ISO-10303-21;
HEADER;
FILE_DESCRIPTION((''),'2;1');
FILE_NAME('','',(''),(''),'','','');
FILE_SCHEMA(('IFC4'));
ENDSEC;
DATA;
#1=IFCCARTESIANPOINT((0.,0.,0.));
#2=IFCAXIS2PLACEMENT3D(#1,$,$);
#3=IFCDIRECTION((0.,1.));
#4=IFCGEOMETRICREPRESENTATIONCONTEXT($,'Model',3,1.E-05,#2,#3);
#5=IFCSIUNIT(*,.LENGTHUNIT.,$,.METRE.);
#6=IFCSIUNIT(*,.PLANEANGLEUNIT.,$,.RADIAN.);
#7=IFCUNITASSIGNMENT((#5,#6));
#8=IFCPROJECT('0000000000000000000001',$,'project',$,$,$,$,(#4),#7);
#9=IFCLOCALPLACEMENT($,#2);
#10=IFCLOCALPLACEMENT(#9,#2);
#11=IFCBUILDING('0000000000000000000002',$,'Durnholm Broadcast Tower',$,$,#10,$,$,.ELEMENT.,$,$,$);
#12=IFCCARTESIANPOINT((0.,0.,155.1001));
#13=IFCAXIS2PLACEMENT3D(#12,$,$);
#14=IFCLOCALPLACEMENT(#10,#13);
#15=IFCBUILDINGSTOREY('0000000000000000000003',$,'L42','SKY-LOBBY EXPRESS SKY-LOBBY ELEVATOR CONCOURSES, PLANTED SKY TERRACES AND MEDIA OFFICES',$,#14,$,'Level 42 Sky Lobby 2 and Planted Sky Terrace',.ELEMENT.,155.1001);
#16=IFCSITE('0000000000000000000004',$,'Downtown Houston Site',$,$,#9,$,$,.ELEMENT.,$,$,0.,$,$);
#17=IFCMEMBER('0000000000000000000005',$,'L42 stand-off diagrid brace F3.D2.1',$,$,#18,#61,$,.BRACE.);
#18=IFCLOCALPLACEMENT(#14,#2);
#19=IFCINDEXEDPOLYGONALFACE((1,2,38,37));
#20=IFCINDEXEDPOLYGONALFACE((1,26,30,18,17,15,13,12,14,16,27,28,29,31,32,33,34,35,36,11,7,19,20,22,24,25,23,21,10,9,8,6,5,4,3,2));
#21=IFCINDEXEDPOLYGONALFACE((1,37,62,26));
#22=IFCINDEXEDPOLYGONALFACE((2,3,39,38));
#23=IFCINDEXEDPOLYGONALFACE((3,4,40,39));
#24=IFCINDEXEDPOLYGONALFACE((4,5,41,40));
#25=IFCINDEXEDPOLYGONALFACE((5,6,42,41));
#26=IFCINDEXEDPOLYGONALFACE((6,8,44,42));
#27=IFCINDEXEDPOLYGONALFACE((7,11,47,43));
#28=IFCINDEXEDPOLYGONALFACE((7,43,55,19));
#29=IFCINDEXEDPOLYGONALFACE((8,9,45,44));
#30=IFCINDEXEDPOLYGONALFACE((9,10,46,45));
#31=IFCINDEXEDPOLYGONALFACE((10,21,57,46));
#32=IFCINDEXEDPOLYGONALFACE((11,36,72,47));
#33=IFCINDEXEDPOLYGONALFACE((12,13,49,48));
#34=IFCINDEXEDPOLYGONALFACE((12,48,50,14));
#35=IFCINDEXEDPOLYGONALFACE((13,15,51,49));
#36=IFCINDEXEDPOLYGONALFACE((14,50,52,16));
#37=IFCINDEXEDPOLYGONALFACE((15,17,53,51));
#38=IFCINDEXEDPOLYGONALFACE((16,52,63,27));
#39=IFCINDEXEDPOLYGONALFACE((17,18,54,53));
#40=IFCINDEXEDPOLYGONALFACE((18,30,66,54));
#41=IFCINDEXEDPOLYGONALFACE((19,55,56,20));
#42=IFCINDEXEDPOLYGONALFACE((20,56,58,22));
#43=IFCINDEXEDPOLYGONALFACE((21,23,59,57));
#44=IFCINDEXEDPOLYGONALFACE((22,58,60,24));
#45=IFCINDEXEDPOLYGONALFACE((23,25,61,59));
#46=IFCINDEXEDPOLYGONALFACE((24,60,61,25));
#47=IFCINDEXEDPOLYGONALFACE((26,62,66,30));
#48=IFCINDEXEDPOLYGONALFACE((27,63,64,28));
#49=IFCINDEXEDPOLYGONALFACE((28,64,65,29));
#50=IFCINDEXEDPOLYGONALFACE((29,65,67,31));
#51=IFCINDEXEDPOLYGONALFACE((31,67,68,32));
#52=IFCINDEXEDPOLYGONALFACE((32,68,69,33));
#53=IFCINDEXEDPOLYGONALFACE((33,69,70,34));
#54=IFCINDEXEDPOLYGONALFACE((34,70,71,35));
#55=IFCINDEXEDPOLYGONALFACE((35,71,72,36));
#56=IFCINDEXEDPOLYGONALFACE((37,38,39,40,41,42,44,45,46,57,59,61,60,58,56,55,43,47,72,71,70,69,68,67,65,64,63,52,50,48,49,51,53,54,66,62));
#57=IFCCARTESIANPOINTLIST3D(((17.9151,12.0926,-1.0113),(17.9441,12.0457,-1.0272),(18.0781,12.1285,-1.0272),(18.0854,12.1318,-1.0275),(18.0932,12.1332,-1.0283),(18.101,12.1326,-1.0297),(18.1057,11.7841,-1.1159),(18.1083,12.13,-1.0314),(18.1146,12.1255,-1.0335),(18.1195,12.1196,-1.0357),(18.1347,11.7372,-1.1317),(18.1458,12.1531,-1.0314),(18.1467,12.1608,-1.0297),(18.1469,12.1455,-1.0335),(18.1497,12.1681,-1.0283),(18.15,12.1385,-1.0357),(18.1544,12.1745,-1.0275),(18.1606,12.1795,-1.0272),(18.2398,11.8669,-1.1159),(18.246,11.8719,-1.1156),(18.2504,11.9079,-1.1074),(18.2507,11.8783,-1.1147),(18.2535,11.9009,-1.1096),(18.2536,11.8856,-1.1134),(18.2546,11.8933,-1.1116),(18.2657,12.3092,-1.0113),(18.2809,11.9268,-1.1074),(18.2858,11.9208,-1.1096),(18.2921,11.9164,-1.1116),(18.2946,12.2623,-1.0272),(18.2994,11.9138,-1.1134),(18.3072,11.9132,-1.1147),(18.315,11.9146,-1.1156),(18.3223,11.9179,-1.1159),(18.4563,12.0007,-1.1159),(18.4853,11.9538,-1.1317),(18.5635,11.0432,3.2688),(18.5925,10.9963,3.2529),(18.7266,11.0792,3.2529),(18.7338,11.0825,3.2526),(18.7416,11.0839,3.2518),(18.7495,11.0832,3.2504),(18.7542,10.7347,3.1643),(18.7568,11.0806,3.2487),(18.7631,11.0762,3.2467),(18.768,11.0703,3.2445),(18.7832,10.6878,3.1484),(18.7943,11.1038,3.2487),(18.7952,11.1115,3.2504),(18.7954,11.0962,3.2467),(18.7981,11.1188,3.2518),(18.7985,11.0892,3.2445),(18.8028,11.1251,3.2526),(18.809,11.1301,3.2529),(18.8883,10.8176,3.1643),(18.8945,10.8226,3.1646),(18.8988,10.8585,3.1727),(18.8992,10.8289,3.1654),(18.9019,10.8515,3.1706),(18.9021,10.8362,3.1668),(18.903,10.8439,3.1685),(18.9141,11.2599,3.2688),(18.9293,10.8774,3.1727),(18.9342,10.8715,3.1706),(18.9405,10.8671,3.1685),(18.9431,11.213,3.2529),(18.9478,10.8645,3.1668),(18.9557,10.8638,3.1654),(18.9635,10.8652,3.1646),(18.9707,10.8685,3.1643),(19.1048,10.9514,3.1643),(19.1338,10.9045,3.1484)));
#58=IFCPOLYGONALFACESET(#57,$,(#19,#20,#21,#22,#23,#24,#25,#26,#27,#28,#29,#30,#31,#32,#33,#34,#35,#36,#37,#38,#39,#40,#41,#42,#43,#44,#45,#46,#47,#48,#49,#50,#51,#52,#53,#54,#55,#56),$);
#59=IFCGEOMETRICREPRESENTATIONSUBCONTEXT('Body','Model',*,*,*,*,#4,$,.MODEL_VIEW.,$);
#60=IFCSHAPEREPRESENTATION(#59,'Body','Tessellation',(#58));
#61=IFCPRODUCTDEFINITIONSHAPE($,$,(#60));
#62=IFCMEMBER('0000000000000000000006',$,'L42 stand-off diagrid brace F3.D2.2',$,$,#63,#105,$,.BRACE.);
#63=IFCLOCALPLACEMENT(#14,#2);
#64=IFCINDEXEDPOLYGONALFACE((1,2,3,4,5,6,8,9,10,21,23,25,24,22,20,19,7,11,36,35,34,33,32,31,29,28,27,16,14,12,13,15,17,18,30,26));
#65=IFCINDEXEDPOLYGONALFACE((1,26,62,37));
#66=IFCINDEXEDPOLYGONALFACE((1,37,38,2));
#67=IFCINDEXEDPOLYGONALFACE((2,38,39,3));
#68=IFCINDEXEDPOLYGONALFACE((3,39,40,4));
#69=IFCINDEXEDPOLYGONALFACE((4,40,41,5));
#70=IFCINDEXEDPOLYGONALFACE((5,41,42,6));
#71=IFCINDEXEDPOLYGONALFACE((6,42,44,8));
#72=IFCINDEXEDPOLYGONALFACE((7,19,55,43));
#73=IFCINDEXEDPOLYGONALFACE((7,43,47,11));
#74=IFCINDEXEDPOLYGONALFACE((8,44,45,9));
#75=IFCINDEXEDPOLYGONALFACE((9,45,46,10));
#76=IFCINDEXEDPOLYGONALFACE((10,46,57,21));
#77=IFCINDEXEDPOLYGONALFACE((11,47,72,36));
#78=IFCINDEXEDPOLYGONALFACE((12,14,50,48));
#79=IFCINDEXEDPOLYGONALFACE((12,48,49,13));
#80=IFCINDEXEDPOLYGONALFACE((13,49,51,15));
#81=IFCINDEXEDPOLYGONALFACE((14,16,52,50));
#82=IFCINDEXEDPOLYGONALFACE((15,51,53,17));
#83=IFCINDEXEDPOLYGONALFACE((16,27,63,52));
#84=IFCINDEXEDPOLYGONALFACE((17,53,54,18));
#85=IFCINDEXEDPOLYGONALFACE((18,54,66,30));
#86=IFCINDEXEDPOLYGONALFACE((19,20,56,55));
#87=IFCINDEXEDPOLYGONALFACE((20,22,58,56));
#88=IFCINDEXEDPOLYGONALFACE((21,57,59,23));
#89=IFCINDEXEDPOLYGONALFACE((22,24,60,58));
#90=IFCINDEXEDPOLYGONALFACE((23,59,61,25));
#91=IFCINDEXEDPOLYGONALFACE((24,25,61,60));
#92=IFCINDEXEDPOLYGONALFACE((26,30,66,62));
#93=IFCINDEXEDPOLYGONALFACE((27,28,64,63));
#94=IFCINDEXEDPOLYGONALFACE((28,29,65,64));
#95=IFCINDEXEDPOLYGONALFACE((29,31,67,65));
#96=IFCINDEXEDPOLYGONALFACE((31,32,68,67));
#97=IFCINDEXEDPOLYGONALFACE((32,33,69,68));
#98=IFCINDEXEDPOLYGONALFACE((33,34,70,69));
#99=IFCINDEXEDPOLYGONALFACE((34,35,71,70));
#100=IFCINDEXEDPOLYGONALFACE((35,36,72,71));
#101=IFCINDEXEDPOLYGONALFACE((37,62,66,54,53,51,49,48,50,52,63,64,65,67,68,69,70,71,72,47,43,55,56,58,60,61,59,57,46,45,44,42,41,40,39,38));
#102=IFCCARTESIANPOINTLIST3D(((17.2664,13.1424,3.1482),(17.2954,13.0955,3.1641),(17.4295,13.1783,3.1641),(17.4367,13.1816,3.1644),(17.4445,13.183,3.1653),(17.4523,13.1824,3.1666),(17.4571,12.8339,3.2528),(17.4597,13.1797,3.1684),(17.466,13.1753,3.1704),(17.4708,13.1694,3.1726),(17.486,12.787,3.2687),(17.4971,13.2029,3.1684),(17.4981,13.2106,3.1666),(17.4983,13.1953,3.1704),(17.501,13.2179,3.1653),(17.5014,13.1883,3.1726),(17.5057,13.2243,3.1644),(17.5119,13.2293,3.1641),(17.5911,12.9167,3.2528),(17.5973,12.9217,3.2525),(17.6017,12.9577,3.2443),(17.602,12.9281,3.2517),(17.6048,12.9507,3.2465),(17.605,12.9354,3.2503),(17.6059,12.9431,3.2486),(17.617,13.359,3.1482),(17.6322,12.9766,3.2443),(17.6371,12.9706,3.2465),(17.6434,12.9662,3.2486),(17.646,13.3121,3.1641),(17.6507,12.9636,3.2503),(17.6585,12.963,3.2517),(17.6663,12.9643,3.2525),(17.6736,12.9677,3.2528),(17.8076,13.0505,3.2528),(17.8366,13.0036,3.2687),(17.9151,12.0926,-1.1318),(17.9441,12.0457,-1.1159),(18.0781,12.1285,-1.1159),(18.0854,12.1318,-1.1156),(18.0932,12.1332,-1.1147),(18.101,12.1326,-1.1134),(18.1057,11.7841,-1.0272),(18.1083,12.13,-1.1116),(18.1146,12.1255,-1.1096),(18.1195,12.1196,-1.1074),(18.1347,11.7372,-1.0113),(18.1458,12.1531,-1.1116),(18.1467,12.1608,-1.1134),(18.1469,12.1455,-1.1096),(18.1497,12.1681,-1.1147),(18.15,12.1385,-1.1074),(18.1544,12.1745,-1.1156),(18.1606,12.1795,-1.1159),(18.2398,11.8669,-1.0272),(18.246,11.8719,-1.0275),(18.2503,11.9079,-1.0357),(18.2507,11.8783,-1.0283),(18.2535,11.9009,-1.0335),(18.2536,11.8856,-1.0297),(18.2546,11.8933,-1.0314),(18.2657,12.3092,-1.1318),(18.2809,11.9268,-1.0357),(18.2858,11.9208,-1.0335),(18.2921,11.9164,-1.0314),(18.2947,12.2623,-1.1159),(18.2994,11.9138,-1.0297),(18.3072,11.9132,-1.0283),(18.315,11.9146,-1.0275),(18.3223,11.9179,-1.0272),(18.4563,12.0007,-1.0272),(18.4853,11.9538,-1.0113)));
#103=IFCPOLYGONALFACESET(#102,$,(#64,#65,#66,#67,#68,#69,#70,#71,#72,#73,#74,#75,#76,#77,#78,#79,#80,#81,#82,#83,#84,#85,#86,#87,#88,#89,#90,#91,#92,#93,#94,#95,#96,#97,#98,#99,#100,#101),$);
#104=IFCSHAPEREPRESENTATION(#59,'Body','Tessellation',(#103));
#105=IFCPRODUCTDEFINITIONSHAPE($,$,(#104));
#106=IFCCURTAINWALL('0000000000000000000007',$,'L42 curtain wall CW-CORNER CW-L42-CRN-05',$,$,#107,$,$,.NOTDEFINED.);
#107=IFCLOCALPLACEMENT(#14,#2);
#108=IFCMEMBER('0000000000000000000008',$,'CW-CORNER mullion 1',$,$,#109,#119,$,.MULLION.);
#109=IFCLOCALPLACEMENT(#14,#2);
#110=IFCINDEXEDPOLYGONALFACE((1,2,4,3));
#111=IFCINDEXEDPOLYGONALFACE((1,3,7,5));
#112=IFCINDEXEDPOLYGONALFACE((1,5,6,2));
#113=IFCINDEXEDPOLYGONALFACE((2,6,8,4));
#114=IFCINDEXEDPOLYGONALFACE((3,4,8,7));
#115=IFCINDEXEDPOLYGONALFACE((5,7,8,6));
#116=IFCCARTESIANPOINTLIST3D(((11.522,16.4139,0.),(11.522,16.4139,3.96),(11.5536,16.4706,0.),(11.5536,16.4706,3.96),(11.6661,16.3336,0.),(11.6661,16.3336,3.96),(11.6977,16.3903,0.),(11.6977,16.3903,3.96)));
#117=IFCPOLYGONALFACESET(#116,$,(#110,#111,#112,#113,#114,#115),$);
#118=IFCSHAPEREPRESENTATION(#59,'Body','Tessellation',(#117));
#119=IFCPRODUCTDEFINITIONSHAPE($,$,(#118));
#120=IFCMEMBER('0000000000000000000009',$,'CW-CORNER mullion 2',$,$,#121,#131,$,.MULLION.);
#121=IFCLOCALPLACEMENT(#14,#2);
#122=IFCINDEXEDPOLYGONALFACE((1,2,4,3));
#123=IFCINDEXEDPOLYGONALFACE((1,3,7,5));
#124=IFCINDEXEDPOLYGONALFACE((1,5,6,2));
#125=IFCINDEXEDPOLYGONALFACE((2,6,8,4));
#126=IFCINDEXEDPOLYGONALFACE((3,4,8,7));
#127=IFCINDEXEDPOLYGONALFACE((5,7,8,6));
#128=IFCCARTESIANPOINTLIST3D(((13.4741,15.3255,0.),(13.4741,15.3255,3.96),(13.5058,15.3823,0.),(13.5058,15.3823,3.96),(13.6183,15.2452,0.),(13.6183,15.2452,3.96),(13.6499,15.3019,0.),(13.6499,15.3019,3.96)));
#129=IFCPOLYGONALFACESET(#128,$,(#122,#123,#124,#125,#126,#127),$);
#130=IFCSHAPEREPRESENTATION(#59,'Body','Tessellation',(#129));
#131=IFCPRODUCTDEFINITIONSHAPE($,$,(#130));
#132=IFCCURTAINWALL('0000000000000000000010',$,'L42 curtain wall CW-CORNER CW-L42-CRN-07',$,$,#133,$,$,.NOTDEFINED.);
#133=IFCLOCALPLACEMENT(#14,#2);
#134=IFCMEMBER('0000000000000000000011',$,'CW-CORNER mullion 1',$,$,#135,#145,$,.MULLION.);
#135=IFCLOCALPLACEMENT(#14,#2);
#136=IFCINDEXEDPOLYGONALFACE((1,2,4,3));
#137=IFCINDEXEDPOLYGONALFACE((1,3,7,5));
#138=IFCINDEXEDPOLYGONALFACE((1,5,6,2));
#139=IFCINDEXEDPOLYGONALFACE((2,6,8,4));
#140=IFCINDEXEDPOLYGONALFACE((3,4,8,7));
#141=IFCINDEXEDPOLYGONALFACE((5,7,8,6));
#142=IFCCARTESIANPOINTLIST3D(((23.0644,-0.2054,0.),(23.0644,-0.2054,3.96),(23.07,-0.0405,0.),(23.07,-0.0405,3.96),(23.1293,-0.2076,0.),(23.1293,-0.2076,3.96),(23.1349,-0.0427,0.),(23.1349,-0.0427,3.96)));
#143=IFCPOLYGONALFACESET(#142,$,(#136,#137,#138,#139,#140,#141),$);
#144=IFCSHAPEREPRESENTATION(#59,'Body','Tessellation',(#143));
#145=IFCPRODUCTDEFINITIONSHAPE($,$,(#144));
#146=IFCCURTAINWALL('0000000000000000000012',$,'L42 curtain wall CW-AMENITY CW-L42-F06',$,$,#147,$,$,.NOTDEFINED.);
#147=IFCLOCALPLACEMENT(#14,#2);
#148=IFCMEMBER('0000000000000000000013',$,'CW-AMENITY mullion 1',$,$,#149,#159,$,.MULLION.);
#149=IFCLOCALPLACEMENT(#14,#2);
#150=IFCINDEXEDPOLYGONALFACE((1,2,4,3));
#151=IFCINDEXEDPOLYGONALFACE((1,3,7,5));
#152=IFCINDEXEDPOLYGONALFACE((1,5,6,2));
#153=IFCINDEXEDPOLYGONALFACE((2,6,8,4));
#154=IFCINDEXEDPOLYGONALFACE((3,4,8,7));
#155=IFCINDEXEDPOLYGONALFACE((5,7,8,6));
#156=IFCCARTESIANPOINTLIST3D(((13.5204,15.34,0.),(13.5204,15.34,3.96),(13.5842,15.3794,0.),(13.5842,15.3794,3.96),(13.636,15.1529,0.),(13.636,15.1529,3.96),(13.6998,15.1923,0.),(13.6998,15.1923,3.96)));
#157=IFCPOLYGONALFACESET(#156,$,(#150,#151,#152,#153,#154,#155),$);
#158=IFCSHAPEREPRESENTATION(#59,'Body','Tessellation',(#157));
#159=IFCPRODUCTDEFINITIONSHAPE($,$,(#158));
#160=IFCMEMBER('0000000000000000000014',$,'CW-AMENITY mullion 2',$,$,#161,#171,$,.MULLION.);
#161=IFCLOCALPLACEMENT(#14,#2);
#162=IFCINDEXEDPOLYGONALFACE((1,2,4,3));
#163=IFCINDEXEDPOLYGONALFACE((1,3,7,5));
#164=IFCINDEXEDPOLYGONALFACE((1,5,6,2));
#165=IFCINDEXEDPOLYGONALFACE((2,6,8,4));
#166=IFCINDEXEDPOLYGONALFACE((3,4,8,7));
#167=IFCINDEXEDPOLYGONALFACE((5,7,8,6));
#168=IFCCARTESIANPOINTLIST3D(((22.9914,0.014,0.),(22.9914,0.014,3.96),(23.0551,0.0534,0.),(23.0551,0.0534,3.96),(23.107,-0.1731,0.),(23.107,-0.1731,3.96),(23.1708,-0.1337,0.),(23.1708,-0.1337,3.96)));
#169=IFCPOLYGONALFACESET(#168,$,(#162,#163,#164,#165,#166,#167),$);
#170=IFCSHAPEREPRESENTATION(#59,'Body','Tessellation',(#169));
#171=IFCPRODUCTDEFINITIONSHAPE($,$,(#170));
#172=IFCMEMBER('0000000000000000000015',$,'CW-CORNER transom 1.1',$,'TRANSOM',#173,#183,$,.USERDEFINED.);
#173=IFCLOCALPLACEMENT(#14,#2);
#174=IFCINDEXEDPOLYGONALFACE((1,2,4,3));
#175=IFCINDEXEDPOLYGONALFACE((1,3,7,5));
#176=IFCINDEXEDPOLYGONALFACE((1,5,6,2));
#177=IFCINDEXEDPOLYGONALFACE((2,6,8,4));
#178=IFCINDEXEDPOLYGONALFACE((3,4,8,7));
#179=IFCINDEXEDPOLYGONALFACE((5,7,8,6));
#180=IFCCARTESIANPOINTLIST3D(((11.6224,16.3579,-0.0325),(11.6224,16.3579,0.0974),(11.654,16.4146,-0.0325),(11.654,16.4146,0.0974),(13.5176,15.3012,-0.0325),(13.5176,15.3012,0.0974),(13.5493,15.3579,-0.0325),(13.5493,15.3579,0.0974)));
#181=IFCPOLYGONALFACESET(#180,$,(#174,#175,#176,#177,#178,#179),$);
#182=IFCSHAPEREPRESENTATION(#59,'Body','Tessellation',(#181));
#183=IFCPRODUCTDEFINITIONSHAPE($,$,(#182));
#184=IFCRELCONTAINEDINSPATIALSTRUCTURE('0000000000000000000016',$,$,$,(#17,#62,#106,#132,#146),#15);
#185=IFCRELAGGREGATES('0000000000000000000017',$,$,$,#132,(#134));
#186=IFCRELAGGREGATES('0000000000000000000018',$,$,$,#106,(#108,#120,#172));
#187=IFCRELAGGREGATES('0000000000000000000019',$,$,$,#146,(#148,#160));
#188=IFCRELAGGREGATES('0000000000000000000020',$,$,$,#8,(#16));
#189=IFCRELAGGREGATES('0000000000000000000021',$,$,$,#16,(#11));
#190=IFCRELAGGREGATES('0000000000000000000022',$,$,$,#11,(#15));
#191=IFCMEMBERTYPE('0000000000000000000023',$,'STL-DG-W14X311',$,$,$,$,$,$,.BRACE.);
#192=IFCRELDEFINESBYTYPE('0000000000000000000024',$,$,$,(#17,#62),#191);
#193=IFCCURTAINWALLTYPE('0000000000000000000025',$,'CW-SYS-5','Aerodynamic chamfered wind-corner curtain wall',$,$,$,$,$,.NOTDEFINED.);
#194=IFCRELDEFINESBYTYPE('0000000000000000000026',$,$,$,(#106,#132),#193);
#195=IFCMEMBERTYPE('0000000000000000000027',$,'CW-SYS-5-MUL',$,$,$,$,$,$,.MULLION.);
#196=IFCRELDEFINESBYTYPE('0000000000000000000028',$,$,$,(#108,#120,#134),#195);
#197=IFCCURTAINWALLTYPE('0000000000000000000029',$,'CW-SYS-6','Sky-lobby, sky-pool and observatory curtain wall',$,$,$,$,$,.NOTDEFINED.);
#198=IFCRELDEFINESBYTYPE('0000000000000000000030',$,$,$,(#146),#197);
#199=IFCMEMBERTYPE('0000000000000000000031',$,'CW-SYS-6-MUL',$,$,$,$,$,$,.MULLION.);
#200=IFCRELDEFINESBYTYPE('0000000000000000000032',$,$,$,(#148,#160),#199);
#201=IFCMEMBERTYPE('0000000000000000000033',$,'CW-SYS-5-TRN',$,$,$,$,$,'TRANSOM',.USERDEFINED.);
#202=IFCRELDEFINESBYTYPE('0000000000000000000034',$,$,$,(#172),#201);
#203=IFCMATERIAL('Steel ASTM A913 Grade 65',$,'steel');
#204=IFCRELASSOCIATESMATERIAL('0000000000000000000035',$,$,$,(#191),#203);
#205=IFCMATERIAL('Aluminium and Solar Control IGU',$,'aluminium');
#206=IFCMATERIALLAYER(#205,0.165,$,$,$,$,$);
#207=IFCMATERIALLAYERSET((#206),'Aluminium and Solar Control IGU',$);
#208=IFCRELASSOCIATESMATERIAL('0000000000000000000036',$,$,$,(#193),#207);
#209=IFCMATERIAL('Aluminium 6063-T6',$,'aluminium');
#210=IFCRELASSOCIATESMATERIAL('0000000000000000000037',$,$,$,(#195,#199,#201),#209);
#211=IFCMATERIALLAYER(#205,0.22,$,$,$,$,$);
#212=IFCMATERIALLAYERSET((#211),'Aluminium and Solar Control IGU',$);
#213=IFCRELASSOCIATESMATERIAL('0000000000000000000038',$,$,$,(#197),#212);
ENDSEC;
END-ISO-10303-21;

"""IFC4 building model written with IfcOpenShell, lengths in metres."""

from ifc_helpers import new_model, si_unit, direction, frame, origin, origin_2d, place, context, subcontext, project, spatial, rectangle, i_section, extrude, source, transform, mapped, material, layer, layer_set, material_profile, profile_set, type_object, type_shapes, element, aggregate, save


model = new_model("IFC4")

# Units and contexts
model_context = context("Model", 3, precision=1e-05, world=origin(), true_north=direction((0.0, 1.0)))
body_context = subcontext(model_context, "Body", "Model", "MODEL_VIEW")
ifc_project = project(units=[si_unit("LENGTHUNIT", "METRE"), si_unit("PLANEANGLEUNIT", "RADIAN")], contexts=[model_context])

# Site, building, storey
site_placement = place(None, origin())
site = spatial("IfcSite", under=ifc_project, at=site_placement, Name="Downtown Houston Site", CompositionType="ELEMENT", RefElevation=0.0)
building_placement = place(site_placement, origin())
building = spatial("IfcBuilding", under=site, at=building_placement, Name="Durnholm Broadcast Tower", CompositionType="ELEMENT")
storey_placement = place(building_placement, frame((0.0, 0.0, 155.1001)))
storey = spatial("IfcBuildingStorey", under=building, at=storey_placement, Name="L42", Description="SKY-LOBBY EXPRESS SKY-LOBBY ELEVATOR CONCOURSES, PLANTED SKY TERRACES AND MEDIA OFFICES", LongName="Level 42 Sky Lobby 2 and Planted Sky Terrace", CompositionType="ELEMENT", Elevation=155.1001)

# Members
ifc_material_1 = material(Name="Steel ASTM A913 Grade 65", Category="steel")
ifc_material_profile_1 = material_profile(ifc_material_1, i_section(OverallWidth=0.4121, OverallDepth=0.4348, WebThickness=0.0359, FlangeThickness=0.0574, FilletRadius=0.0305, at=origin_2d()), Name="W14X311")
ifc_profile_set_1 = profile_set([ifc_material_profile_1], Name="Steel ASTM A913 Grade 65")
member_type_1 = type_object("IfcMemberType", Name="STL-DG-W14X311", PredefinedType="BRACE", material=ifc_profile_set_1)
shared_shape_1 = source(origin(), body_context, "Body", "SweptSolid", [
    extrude(i_section(OverallWidth=0.4121, OverallDepth=0.4348, WebThickness=0.0359, FlangeThickness=0.0574, FilletRadius=0.0305, at=origin_2d()), origin(), (0.0, 0.0, 1.0), 4.4543),
])
type_shapes(member_type_1, [shared_shape_1])
for number, where, z_axis, x_axis, name in (
    (1, (18.2002, 12.0232, -1.0715), (0.145578, -0.235577, 0.96089), (0.850678, 0.525687, 0.0), "L42 stand-off diagrid brace F3.D2.1"),
    (2, (18.2002, 12.0232, -1.0715), (-0.145628, 0.235679, 0.960858), (-0.850699, -0.525653, 0.0), "L42 stand-off diagrid brace F3.D2.2"),
):
    element("IfcMember", number, at=place(storey_placement, frame(where, z_axis=z_axis, x_axis=x_axis)), inside=storey, type_object=member_type_1, Name=name, PredefinedType="BRACE", context=body_context, shape_type="MappedRepresentation", body=[
        mapped(shared_shape_1, transform((0.0, 0.0, 0.0), x_axis=(1.0, 0.0, 0.0), y_axis=(0.0, 1.0, 0.0), z_axis=(0.0, 0.0, 1.0), scale=1.0)),
    ])

# Curtain wall, members
ifc_material_2 = material(Name="Aluminium and Solar Control IGU", Category="aluminium")
ifc_layer_1 = layer(ifc_material_2, 0.165)
ifc_layer_set_1 = layer_set([ifc_layer_1], Name="Aluminium and Solar Control IGU")
curtain_wall_type_1 = type_object("IfcCurtainWallType", Name="CW-SYS-5", Description="Aerodynamic chamfered wind-corner curtain wall", PredefinedType="NOTDEFINED", material=ifc_layer_set_1)
curtain_wall_1_placement = place(storey_placement, origin())
curtain_wall_1 = element("IfcCurtainWall", 3, at=curtain_wall_1_placement, inside=storey, type_object=curtain_wall_type_1, Name="L42 curtain wall CW-CORNER CW-L42-CRN-05", PredefinedType="NOTDEFINED")
ifc_material_3 = material(Name="Aluminium 6063-T6", Category="aluminium")
ifc_material_profile_2 = material_profile(ifc_material_3, rectangle(XDim=0.0649, YDim=0.165, at=origin_2d()), Name="CWM65X165")
ifc_profile_set_2 = profile_set([ifc_material_profile_2], Name="Aluminium 6063-T6")
member_type_2 = type_object("IfcMemberType", Name="CW-SYS-5-MUL", PredefinedType="MULLION", material=ifc_profile_set_2)
shared_shape_2 = source(origin(), body_context, "Body", "SweptSolid", [
    extrude(rectangle(XDim=0.0649, YDim=0.165, at=origin_2d()), origin(), (0.0, 0.0, 1.0), 3.96),
])
type_shapes(member_type_2, [shared_shape_2])
member_1_placement = place(storey_placement, frame((11.6099, 16.4021, 0.0), z_axis=(0.0, 0.0, 1.0), x_axis=(0.486986, 0.87341, 0.0)))
member_1 = element("IfcMember", 4, at=member_1_placement, type_object=member_type_2, Name="CW-CORNER mullion 1", PredefinedType="MULLION", context=body_context, shape_type="MappedRepresentation", body=[
    mapped(shared_shape_2, transform((0.0, 0.0, 0.0), x_axis=(1.0, 0.0, 0.0), y_axis=(0.0, 1.0, 0.0), z_axis=(0.0, 0.0, 1.0), scale=1.0)),
])
member_2_placement = place(storey_placement, frame((13.562, 15.3137, 0.0), z_axis=(0.0, 0.0, 1.0), x_axis=(0.486986, 0.87341, 0.0)))
member_2 = element("IfcMember", 5, at=member_2_placement, type_object=member_type_2, Name="CW-CORNER mullion 2", PredefinedType="MULLION", context=body_context, shape_type="MappedRepresentation", body=[
    mapped(shared_shape_2, transform((0.0, 0.0, 0.0), x_axis=(1.0, 0.0, 0.0), y_axis=(0.0, 1.0, 0.0), z_axis=(0.0, 0.0, 1.0), scale=1.0)),
])

# Curtain wall, member
curtain_wall_2_placement = place(storey_placement, origin())
curtain_wall_2 = element("IfcCurtainWall", 6, at=curtain_wall_2_placement, inside=storey, type_object=curtain_wall_type_1, Name="L42 curtain wall CW-CORNER CW-L42-CRN-07", PredefinedType="NOTDEFINED")
member_3_placement = place(storey_placement, frame((23.0996, -0.124, 0.0), z_axis=(0.0, 0.0, 1.0), x_axis=(0.999425, -0.033913, 0.0)))
member_3 = element("IfcMember", 7, at=member_3_placement, type_object=member_type_2, Name="CW-CORNER mullion 1", PredefinedType="MULLION", context=body_context, shape_type="MappedRepresentation", body=[
    mapped(shared_shape_2, transform((0.0, 0.0, 0.0), x_axis=(1.0, 0.0, 0.0), y_axis=(0.0, 1.0, 0.0), z_axis=(0.0, 0.0, 1.0), scale=1.0)),
])

# Curtain wall, members
ifc_layer_2 = layer(ifc_material_2, 0.22)
ifc_layer_set_2 = layer_set([ifc_layer_2], Name="Aluminium and Solar Control IGU")
curtain_wall_type_2 = type_object("IfcCurtainWallType", Name="CW-SYS-6", Description="Sky-lobby, sky-pool and observatory curtain wall", PredefinedType="NOTDEFINED", material=ifc_layer_set_2)
curtain_wall_3_placement = place(storey_placement, origin())
curtain_wall_3 = element("IfcCurtainWall", 8, at=curtain_wall_3_placement, inside=storey, type_object=curtain_wall_type_2, Name="L42 curtain wall CW-AMENITY CW-L42-F06", PredefinedType="NOTDEFINED")
ifc_material_profile_3 = material_profile(ifc_material_3, rectangle(XDim=0.075, YDim=0.22, at=origin_2d()), Name="CWM75X220")
ifc_profile_set_3 = profile_set([ifc_material_profile_3], Name="Aluminium 6063-T6")
member_type_3 = type_object("IfcMemberType", Name="CW-SYS-6-MUL", PredefinedType="MULLION", material=ifc_profile_set_3)
shared_shape_3 = source(origin(), body_context, "Body", "SweptSolid", [
    extrude(rectangle(XDim=0.075, YDim=0.22, at=origin_2d()), origin(), (0.0, 0.0, 1.0), 3.96),
])
type_shapes(member_type_3, [shared_shape_3])
member_4_placement = place(storey_placement, frame((13.6101, 15.2661, 0.0), z_axis=(0.0, 0.0, 1.0), x_axis=(0.850671, 0.525698, 0.0)))
member_4 = element("IfcMember", 9, at=member_4_placement, type_object=member_type_3, Name="CW-AMENITY mullion 1", PredefinedType="MULLION", context=body_context, shape_type="MappedRepresentation", body=[
    mapped(shared_shape_3, transform((0.0, 0.0, 0.0), x_axis=(1.0, 0.0, 0.0), y_axis=(0.0, 1.0, 0.0), z_axis=(0.0, 0.0, 1.0), scale=1.0)),
])
member_5_placement = place(storey_placement, frame((23.0811, -0.0598, 0.0), z_axis=(0.0, 0.0, 1.0), x_axis=(0.850671, 0.525698, 0.0)))
member_5 = element("IfcMember", 10, at=member_5_placement, type_object=member_type_3, Name="CW-AMENITY mullion 2", PredefinedType="MULLION", context=body_context, shape_type="MappedRepresentation", body=[
    mapped(shared_shape_3, transform((0.0, 0.0, 0.0), x_axis=(1.0, 0.0, 0.0), y_axis=(0.0, 1.0, 0.0), z_axis=(0.0, 0.0, 1.0), scale=1.0)),
])

# Member
ifc_material_profile_4 = material_profile(ifc_material_3, rectangle(XDim=0.0649, YDim=0.1299, at=origin_2d()), Name="CWT65X130")
ifc_profile_set_4 = profile_set([ifc_material_profile_4], Name="Aluminium 6063-T6")
member_type_4 = type_object("IfcMemberType", Name="CW-SYS-5-TRN", ElementType="TRANSOM", PredefinedType="USERDEFINED", material=ifc_profile_set_4)
shared_shape_4 = source(origin(), body_context, "Body", "SweptSolid", [
    extrude(rectangle(XDim=0.0649, YDim=0.1299, at=origin_2d()), origin(), (0.0, 0.0, 1.0), 2.1699),
])
member_6_placement = place(storey_placement, frame((11.6382, 16.3862, 0.0325), z_axis=(0.873429, -0.486951, 0.0), x_axis=(0.486951, 0.873429, 0.0)))
member_6 = element("IfcMember", 11, at=member_6_placement, type_object=member_type_4, Name="CW-CORNER transom 1.1", ObjectType="TRANSOM", PredefinedType="USERDEFINED", context=body_context, shape_type="MappedRepresentation", body=[
    mapped(shared_shape_4, transform((0.0, 0.0, 0.0), x_axis=(1.0, 0.0, 0.0), y_axis=(0.0, 1.0, 0.0), z_axis=(0.0, 0.0, 1.0), scale=1.0)),
])

aggregate(curtain_wall_2, [member_3])
aggregate(curtain_wall_1, [member_1, member_2, member_6])
aggregate(curtain_wall_3, [member_4, member_5])

save(model, "model.ifc")
